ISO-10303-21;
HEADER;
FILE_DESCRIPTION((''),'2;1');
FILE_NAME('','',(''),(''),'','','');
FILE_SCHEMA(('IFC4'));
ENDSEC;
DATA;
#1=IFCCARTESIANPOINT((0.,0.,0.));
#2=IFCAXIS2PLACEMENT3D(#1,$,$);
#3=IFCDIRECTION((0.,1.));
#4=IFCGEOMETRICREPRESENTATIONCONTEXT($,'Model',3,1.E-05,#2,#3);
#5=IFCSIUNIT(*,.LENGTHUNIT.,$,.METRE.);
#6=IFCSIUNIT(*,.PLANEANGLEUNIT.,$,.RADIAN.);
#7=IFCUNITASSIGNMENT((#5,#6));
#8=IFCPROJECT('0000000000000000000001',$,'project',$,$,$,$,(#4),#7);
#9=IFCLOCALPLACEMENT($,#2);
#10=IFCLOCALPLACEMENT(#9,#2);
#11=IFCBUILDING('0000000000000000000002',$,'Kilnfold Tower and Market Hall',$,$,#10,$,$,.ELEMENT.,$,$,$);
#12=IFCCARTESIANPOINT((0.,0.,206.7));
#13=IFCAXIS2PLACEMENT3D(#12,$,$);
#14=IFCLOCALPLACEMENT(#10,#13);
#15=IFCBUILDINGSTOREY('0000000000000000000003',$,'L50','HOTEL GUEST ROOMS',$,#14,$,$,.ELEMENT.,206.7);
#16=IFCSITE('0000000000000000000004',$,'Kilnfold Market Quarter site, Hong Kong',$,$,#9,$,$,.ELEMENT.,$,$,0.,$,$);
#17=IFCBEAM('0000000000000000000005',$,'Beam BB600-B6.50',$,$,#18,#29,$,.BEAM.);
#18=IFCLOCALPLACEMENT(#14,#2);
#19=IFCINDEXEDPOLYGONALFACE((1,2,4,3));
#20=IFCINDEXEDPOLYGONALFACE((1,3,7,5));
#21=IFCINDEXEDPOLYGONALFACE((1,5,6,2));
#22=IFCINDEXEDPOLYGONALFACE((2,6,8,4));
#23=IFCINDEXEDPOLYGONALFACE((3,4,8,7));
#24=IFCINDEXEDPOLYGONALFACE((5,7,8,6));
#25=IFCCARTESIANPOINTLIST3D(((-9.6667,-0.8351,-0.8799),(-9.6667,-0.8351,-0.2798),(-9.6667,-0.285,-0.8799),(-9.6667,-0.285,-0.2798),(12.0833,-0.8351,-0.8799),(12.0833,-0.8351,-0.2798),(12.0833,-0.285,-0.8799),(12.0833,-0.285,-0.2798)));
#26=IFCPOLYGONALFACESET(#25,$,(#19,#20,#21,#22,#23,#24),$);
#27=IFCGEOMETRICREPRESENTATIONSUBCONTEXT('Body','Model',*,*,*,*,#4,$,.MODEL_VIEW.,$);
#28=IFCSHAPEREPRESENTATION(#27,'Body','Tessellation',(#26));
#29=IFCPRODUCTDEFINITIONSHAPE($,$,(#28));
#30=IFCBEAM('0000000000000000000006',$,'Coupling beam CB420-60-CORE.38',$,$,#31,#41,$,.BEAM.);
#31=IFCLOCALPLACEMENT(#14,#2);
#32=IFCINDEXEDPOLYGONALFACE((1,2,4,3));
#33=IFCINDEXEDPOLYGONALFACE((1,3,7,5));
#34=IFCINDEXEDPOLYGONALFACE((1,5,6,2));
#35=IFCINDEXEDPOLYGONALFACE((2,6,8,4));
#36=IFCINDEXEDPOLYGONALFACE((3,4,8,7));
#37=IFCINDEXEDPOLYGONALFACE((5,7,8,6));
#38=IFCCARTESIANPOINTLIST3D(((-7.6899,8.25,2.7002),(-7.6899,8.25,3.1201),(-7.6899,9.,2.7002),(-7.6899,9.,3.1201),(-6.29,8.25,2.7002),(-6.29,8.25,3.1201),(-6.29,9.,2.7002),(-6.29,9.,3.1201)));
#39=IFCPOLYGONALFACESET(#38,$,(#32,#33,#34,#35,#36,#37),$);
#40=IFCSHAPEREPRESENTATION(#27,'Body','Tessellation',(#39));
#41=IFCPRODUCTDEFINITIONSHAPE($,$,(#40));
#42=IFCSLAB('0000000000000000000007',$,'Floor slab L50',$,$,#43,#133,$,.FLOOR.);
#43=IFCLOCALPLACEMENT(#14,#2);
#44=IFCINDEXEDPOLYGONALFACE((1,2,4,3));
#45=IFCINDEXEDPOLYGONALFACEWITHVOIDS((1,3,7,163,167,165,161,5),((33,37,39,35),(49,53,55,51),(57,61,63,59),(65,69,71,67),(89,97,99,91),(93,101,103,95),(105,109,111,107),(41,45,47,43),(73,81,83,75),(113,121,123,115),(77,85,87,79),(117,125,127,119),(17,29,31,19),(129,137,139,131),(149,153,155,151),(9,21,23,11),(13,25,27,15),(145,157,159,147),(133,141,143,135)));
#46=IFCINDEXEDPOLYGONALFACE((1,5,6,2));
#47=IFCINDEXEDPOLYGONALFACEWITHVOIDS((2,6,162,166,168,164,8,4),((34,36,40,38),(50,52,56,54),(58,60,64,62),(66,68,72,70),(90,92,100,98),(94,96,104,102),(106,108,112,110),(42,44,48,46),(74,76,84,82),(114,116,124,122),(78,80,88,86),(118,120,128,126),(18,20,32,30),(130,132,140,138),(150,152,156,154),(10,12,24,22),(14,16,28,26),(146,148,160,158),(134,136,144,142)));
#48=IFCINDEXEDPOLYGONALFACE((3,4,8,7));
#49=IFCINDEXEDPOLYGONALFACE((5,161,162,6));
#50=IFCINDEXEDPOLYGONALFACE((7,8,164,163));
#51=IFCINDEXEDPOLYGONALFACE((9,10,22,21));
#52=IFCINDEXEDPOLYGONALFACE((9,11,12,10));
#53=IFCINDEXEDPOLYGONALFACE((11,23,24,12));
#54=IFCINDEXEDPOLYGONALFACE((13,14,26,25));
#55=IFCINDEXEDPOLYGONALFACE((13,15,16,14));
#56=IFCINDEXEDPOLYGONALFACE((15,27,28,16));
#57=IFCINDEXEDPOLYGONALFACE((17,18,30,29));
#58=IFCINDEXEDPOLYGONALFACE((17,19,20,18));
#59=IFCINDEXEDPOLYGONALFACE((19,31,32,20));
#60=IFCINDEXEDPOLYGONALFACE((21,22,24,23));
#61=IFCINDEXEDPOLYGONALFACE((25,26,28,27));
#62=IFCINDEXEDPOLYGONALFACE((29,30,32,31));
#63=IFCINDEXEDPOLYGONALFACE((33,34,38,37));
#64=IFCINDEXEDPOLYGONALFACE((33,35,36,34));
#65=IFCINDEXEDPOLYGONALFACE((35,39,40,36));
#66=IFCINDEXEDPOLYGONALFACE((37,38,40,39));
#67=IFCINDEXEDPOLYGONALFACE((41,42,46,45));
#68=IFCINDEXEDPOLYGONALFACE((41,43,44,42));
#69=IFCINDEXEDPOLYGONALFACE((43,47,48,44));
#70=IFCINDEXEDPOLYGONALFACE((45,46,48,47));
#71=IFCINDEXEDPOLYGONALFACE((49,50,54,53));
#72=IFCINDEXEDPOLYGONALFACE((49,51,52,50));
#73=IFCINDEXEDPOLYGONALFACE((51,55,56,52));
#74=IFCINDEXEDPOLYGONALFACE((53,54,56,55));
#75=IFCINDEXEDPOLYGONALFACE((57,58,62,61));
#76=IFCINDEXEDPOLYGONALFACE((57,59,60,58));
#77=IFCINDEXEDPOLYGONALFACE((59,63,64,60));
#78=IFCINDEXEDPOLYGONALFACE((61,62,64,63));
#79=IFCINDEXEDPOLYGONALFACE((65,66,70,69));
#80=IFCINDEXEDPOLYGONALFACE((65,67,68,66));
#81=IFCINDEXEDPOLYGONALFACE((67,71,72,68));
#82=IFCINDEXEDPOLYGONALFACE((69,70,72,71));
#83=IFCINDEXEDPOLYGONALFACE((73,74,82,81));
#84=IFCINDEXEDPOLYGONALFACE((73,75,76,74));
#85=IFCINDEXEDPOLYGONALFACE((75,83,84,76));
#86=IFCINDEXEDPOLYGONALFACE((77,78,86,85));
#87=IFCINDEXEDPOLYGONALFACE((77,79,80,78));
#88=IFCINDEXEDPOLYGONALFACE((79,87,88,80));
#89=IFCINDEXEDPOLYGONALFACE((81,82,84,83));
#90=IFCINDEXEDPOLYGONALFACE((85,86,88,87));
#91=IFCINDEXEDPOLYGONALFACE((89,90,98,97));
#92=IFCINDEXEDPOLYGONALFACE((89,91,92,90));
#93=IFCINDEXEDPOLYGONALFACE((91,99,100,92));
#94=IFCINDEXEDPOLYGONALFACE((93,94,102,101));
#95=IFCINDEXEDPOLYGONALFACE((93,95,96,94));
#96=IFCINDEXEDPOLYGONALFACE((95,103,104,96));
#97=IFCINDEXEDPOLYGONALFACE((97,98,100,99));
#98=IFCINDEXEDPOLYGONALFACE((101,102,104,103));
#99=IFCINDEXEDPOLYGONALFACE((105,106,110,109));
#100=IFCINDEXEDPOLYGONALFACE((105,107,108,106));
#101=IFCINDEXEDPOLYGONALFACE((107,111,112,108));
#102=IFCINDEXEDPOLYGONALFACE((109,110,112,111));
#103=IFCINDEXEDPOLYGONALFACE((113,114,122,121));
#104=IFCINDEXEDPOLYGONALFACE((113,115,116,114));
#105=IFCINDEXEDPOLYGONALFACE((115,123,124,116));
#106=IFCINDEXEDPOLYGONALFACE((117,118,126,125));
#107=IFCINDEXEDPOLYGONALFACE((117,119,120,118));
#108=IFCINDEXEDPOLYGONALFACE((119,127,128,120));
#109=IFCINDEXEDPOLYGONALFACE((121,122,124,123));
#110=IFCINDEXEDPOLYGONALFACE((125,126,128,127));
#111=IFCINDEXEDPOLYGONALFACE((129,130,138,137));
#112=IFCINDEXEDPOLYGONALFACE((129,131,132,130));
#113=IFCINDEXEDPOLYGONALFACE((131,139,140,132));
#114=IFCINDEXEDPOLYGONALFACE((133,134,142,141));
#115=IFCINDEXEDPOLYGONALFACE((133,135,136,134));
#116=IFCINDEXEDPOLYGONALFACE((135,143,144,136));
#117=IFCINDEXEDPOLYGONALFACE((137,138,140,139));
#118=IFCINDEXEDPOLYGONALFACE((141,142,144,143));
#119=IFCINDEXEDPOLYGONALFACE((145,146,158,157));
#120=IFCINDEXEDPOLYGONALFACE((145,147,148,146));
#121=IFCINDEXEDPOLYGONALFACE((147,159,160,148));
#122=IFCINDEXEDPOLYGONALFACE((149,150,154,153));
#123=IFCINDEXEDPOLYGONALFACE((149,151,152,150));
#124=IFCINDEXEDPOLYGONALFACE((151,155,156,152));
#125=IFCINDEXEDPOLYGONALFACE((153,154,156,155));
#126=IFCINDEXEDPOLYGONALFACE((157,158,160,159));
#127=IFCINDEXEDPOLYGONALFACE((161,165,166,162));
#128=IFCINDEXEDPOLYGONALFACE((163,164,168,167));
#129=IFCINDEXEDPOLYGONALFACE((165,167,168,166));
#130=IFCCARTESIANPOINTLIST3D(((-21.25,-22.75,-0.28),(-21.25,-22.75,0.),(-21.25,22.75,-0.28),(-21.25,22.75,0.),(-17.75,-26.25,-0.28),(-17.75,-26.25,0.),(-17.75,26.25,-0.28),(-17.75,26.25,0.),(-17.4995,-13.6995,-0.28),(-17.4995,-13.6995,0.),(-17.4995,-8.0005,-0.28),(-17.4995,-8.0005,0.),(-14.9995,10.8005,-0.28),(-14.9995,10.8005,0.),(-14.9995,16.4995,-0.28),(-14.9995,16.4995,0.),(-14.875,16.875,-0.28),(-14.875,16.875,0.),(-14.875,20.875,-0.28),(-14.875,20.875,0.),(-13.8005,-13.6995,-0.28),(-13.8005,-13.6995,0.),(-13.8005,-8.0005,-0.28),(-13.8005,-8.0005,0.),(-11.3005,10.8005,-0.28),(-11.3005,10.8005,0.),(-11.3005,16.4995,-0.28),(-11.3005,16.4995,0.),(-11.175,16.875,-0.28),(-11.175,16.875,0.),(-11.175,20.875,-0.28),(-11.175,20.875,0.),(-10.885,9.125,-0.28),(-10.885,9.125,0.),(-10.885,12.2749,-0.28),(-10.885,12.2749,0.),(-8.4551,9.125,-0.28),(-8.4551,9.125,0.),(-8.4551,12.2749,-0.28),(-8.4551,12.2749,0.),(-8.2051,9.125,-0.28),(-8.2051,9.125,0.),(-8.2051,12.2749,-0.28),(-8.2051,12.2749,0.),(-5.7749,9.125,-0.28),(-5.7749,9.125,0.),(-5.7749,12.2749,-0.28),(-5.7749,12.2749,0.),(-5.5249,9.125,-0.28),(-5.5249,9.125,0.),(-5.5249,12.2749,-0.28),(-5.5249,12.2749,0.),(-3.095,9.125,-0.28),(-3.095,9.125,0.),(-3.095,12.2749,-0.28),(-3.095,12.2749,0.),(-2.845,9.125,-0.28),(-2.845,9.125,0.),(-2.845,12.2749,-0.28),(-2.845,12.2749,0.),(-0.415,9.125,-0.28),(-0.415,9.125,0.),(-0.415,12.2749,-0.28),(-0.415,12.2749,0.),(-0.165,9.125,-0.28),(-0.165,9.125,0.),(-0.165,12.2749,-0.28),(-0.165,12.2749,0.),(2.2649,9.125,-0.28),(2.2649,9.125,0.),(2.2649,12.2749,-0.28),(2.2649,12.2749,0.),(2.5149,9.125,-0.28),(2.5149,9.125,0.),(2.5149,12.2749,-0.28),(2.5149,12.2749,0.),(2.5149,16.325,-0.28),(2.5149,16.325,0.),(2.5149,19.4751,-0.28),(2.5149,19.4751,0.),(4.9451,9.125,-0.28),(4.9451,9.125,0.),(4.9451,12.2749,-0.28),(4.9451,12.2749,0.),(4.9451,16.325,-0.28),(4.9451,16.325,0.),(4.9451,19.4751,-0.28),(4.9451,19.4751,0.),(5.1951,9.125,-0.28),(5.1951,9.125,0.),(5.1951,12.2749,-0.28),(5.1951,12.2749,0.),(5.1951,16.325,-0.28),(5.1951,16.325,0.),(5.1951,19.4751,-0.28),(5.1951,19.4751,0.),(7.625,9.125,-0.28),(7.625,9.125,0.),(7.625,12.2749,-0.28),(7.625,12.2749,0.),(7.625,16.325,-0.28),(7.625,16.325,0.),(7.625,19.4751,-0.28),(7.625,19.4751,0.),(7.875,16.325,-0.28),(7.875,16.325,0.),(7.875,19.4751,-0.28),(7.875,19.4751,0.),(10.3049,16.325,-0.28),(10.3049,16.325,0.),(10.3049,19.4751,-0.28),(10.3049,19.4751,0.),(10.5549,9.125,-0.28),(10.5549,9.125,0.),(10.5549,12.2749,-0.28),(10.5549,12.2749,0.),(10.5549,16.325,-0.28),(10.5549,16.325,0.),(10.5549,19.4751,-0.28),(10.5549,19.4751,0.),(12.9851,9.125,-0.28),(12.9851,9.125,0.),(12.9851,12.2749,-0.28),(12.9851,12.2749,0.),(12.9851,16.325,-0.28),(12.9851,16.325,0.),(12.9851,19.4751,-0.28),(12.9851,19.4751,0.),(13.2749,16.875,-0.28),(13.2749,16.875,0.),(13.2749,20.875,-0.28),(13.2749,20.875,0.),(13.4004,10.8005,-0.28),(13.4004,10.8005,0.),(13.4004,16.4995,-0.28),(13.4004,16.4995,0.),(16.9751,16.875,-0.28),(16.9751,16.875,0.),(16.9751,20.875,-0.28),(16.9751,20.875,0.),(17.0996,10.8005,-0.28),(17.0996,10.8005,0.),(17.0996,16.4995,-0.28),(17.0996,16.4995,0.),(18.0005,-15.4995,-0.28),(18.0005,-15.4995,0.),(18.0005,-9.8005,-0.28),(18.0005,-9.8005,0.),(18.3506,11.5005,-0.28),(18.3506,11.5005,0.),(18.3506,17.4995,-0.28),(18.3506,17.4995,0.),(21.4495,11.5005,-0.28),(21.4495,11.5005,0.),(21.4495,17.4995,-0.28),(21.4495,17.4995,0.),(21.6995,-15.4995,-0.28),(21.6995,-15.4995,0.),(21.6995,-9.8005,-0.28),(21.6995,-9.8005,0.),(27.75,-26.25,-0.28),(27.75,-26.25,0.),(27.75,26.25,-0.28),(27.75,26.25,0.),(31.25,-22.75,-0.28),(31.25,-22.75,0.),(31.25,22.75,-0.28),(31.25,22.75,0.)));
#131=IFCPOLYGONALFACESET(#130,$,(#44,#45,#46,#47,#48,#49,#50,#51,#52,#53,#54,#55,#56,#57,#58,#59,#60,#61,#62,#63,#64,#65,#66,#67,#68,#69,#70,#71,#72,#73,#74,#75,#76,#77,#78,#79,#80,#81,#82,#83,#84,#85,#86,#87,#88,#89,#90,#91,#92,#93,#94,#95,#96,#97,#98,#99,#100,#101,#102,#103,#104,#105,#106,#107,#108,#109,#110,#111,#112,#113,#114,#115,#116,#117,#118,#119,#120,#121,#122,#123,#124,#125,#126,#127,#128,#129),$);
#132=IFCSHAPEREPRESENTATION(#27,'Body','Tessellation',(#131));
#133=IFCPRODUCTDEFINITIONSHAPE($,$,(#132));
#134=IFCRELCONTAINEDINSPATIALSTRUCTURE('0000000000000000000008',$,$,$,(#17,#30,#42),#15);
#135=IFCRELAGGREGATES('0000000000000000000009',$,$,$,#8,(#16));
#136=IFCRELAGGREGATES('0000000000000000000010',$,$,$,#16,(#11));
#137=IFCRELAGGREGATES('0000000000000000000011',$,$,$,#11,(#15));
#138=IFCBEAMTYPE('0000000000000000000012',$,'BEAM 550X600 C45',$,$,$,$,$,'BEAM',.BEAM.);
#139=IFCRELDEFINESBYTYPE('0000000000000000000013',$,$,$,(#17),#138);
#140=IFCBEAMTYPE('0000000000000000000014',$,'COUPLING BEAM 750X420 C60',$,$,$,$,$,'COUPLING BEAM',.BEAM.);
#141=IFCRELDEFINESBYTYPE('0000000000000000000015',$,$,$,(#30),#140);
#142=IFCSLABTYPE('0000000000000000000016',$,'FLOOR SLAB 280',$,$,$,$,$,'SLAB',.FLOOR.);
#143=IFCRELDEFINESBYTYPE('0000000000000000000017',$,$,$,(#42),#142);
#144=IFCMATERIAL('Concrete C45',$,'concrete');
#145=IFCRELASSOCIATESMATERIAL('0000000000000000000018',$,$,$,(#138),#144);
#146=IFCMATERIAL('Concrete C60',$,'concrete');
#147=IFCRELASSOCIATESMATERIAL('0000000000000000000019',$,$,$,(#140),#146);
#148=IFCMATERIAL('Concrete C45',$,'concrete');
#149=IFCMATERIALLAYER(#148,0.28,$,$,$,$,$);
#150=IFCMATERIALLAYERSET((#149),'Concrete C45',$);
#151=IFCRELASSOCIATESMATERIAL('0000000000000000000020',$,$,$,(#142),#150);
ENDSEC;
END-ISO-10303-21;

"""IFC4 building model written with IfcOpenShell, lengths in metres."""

from ifc_helpers import new_model, si_unit, direction, frame, origin, origin_2d, place, context, subcontext, project, spatial, polyline, rectangle, outline, extrude, source, transform, mapped, material, layer, layer_set, material_profile, profile_set, type_object, element, save


model = new_model("IFC4")

# Units and contexts
model_context = context("Model", 3, precision=1e-05, world=origin(), true_north=direction((0.0, 1.0)))
body_context = subcontext(model_context, "Body", "Model", "MODEL_VIEW")
ifc_project = project(units=[si_unit("LENGTHUNIT", "METRE"), si_unit("PLANEANGLEUNIT", "RADIAN")], contexts=[model_context])

# Site, building, storey
site_placement = place(None, origin())
site = spatial("IfcSite", under=ifc_project, at=site_placement, Name="Kilnfold Market Quarter site, Hong Kong", CompositionType="ELEMENT", RefElevation=0.0)
building_placement = place(site_placement, origin())
building = spatial("IfcBuilding", under=site, at=building_placement, Name="Kilnfold Tower and Market Hall", CompositionType="ELEMENT")
storey_placement = place(building_placement, frame((0.0, 0.0, 206.7)))
storey = spatial("IfcBuildingStorey", under=building, at=storey_placement, Name="L50", Description="HOTEL GUEST ROOMS", CompositionType="ELEMENT", Elevation=206.7)

# Beams
ifc_material_1 = material(Name="Concrete C45", Category="concrete")
ifc_material_profile_1 = material_profile(ifc_material_1, rectangle(XDim=0.55, YDim=0.6001, at=origin_2d()), Name="RC 550x600")
ifc_profile_set_1 = profile_set([ifc_material_profile_1], Name="Concrete C45")
beam_type_1 = type_object("IfcBeamType", Name="BEAM 550X600 C45", ElementType="BEAM", PredefinedType="BEAM", material=ifc_profile_set_1)
shared_shape_1 = source(origin(), body_context, "Body", "SweptSolid", [
    extrude(rectangle(XDim=0.55, YDim=0.6001, at=origin_2d()), origin(), (0.0, 0.0, 1.0), 21.75),
])
beam_1_placement = place(storey_placement, frame((-9.6667, -0.5601, -0.5798), z_axis=(1.0, 0.0, 0.0), x_axis=(0.0, 1.0, 0.0)))
element("IfcBeam", 1, at=beam_1_placement, inside=storey, type_object=beam_type_1, Name="Beam BB600-B6.50", PredefinedType="BEAM", context=body_context, shape_type="MappedRepresentation", body=[
    mapped(shared_shape_1, transform((0.0, 0.0, 0.0))),
])
ifc_material_2 = material(Name="Concrete C60", Category="concrete")
ifc_material_profile_2 = material_profile(ifc_material_2, rectangle(XDim=0.75, YDim=0.4199, at=origin_2d()), Name="RC 750x420")
ifc_profile_set_2 = profile_set([ifc_material_profile_2], Name="Concrete C60")
beam_type_2 = type_object("IfcBeamType", Name="COUPLING BEAM 750X420 C60", ElementType="COUPLING BEAM", PredefinedType="BEAM", material=ifc_profile_set_2)
shared_shape_2 = source(origin(), body_context, "Body", "SweptSolid", [
    extrude(rectangle(XDim=0.75, YDim=0.4199, at=origin_2d()), origin(), (0.0, 0.0, 1.0), 1.3999),
])
beam_2_placement = place(storey_placement, frame((-7.6899, 8.625, 2.9102), z_axis=(1.0, 0.0, 0.0), x_axis=(0.0, 1.0, 0.0)))
element("IfcBeam", 2, at=beam_2_placement, inside=storey, type_object=beam_type_2, Name="Coupling beam CB420-60-CORE.38", PredefinedType="BEAM", context=body_context, shape_type="MappedRepresentation", body=[
    mapped(shared_shape_2, transform((0.0, 0.0, 0.0))),
])

# Slab
ifc_material_3 = material(Name="Concrete C45", Category="concrete")
ifc_layer_1 = layer(ifc_material_3, 0.28)
ifc_layer_set_1 = layer_set([ifc_layer_1], Name="Concrete C45")
slab_type_1 = type_object("IfcSlabType", Name="FLOOR SLAB 280", ElementType="SLAB", PredefinedType="FLOOR", material=ifc_layer_set_1)
shared_shape_3 = source(origin(), body_context, "Body", "SweptSolid", [
    extrude(outline(polyline([(-17.75, -26.25), (27.75, -26.25), (31.25, -22.75), (31.25, 22.75), (27.75, 26.25), (-17.75, 26.25), (-21.25, 22.75), (-21.25, -22.75), (-17.75, -26.25)]), holes=[polyline([(-13.8005, -13.6995), (-17.4995, -13.6995), (-17.4995, -8.0005), (-13.8005, -8.0005), (-13.8005, -13.6995)]), polyline([(-14.9995, 10.8005), (-14.9995, 16.4995), (-11.3005, 16.4995), (-11.3005, 10.8005), (-14.9995, 10.8005)]), polyline([(-11.175, 16.875), (-14.875, 16.875), (-14.875, 20.875), (-11.175, 20.875), (-11.175, 16.875)]), polyline([(-8.4551, 9.125), (-10.885, 9.125), (-10.885, 12.2749), (-8.4551, 12.2749), (-8.4551, 9.125)]), polyline([(-5.7749, 9.125), (-8.2051, 9.125), (-8.2051, 12.2749), (-5.7749, 12.2749), (-5.7749, 9.125)]), polyline([(-3.095, 9.125), (-5.5249, 9.125), (-5.5249, 12.2749), (-3.095, 12.2749), (-3.095, 9.125)]), polyline([(-0.415, 9.125), (-2.845, 9.125), (-2.845, 12.2749), (-0.415, 12.2749), (-0.415, 9.125)]), polyline([(2.2649, 9.125), (-0.165, 9.125), (-0.165, 12.2749), (2.2649, 12.2749), (2.2649, 9.125)]), polyline([(4.9451, 9.125), (2.5149, 9.125), (2.5149, 12.2749), (4.9451, 12.2749), (4.9451, 9.125)]), polyline([(2.5149, 16.325), (2.5149, 19.4751), (4.9451, 19.4751), (4.9451, 16.325), (2.5149, 16.325)]), polyline([(7.625, 9.125), (5.1951, 9.125), (5.1951, 12.2749), (7.625, 12.2749), (7.625, 9.125)]), polyline([(7.625, 16.325), (5.1951, 16.325), (5.1951, 19.4751), (7.625, 19.4751), (7.625, 16.325)]), polyline([(10.3049, 16.325), (7.875, 16.325), (7.875, 19.4751), (10.3049, 19.4751), (10.3049, 16.325)]), polyline([(10.5549, 9.125), (10.5549, 12.2749), (12.9851, 12.2749), (12.9851, 9.125), (10.5549, 9.125)]), polyline([(10.5549, 16.325), (10.5549, 19.4751), (12.9851, 19.4751), (12.9851, 16.325), (10.5549, 16.325)]), polyline([(13.2749, 16.875), (13.2749, 20.875), (16.9751, 20.875), (16.9751, 16.875), (13.2749, 16.875)]), polyline([(13.4004, 10.8005), (13.4004, 16.4995), (17.0996, 16.4995), (17.0996, 10.8005), (13.4004, 10.8005)]), polyline([(18.0005, -9.8005), (21.6995, -9.8005), (21.6995, -15.4995), (18.0005, -15.4995), (18.0005, -9.8005)]), polyline([(21.4495, 11.5005), (18.3506, 11.5005), (18.3506, 17.4995), (21.4495, 17.4995), (21.4495, 11.5005)])]), origin(), (0.0, 0.0, 1.0), 0.28),
])
slab_1_placement = place(storey_placement, frame((0.0, 0.0, -0.28)))
element("IfcSlab", 3, at=slab_1_placement, inside=storey, type_object=slab_type_1, Name="Floor slab L50", PredefinedType="FLOOR", context=body_context, shape_type="MappedRepresentation", body=[
    mapped(shared_shape_3, transform((0.0, 0.0, 0.0))),
])

save(model, "model.ifc")
